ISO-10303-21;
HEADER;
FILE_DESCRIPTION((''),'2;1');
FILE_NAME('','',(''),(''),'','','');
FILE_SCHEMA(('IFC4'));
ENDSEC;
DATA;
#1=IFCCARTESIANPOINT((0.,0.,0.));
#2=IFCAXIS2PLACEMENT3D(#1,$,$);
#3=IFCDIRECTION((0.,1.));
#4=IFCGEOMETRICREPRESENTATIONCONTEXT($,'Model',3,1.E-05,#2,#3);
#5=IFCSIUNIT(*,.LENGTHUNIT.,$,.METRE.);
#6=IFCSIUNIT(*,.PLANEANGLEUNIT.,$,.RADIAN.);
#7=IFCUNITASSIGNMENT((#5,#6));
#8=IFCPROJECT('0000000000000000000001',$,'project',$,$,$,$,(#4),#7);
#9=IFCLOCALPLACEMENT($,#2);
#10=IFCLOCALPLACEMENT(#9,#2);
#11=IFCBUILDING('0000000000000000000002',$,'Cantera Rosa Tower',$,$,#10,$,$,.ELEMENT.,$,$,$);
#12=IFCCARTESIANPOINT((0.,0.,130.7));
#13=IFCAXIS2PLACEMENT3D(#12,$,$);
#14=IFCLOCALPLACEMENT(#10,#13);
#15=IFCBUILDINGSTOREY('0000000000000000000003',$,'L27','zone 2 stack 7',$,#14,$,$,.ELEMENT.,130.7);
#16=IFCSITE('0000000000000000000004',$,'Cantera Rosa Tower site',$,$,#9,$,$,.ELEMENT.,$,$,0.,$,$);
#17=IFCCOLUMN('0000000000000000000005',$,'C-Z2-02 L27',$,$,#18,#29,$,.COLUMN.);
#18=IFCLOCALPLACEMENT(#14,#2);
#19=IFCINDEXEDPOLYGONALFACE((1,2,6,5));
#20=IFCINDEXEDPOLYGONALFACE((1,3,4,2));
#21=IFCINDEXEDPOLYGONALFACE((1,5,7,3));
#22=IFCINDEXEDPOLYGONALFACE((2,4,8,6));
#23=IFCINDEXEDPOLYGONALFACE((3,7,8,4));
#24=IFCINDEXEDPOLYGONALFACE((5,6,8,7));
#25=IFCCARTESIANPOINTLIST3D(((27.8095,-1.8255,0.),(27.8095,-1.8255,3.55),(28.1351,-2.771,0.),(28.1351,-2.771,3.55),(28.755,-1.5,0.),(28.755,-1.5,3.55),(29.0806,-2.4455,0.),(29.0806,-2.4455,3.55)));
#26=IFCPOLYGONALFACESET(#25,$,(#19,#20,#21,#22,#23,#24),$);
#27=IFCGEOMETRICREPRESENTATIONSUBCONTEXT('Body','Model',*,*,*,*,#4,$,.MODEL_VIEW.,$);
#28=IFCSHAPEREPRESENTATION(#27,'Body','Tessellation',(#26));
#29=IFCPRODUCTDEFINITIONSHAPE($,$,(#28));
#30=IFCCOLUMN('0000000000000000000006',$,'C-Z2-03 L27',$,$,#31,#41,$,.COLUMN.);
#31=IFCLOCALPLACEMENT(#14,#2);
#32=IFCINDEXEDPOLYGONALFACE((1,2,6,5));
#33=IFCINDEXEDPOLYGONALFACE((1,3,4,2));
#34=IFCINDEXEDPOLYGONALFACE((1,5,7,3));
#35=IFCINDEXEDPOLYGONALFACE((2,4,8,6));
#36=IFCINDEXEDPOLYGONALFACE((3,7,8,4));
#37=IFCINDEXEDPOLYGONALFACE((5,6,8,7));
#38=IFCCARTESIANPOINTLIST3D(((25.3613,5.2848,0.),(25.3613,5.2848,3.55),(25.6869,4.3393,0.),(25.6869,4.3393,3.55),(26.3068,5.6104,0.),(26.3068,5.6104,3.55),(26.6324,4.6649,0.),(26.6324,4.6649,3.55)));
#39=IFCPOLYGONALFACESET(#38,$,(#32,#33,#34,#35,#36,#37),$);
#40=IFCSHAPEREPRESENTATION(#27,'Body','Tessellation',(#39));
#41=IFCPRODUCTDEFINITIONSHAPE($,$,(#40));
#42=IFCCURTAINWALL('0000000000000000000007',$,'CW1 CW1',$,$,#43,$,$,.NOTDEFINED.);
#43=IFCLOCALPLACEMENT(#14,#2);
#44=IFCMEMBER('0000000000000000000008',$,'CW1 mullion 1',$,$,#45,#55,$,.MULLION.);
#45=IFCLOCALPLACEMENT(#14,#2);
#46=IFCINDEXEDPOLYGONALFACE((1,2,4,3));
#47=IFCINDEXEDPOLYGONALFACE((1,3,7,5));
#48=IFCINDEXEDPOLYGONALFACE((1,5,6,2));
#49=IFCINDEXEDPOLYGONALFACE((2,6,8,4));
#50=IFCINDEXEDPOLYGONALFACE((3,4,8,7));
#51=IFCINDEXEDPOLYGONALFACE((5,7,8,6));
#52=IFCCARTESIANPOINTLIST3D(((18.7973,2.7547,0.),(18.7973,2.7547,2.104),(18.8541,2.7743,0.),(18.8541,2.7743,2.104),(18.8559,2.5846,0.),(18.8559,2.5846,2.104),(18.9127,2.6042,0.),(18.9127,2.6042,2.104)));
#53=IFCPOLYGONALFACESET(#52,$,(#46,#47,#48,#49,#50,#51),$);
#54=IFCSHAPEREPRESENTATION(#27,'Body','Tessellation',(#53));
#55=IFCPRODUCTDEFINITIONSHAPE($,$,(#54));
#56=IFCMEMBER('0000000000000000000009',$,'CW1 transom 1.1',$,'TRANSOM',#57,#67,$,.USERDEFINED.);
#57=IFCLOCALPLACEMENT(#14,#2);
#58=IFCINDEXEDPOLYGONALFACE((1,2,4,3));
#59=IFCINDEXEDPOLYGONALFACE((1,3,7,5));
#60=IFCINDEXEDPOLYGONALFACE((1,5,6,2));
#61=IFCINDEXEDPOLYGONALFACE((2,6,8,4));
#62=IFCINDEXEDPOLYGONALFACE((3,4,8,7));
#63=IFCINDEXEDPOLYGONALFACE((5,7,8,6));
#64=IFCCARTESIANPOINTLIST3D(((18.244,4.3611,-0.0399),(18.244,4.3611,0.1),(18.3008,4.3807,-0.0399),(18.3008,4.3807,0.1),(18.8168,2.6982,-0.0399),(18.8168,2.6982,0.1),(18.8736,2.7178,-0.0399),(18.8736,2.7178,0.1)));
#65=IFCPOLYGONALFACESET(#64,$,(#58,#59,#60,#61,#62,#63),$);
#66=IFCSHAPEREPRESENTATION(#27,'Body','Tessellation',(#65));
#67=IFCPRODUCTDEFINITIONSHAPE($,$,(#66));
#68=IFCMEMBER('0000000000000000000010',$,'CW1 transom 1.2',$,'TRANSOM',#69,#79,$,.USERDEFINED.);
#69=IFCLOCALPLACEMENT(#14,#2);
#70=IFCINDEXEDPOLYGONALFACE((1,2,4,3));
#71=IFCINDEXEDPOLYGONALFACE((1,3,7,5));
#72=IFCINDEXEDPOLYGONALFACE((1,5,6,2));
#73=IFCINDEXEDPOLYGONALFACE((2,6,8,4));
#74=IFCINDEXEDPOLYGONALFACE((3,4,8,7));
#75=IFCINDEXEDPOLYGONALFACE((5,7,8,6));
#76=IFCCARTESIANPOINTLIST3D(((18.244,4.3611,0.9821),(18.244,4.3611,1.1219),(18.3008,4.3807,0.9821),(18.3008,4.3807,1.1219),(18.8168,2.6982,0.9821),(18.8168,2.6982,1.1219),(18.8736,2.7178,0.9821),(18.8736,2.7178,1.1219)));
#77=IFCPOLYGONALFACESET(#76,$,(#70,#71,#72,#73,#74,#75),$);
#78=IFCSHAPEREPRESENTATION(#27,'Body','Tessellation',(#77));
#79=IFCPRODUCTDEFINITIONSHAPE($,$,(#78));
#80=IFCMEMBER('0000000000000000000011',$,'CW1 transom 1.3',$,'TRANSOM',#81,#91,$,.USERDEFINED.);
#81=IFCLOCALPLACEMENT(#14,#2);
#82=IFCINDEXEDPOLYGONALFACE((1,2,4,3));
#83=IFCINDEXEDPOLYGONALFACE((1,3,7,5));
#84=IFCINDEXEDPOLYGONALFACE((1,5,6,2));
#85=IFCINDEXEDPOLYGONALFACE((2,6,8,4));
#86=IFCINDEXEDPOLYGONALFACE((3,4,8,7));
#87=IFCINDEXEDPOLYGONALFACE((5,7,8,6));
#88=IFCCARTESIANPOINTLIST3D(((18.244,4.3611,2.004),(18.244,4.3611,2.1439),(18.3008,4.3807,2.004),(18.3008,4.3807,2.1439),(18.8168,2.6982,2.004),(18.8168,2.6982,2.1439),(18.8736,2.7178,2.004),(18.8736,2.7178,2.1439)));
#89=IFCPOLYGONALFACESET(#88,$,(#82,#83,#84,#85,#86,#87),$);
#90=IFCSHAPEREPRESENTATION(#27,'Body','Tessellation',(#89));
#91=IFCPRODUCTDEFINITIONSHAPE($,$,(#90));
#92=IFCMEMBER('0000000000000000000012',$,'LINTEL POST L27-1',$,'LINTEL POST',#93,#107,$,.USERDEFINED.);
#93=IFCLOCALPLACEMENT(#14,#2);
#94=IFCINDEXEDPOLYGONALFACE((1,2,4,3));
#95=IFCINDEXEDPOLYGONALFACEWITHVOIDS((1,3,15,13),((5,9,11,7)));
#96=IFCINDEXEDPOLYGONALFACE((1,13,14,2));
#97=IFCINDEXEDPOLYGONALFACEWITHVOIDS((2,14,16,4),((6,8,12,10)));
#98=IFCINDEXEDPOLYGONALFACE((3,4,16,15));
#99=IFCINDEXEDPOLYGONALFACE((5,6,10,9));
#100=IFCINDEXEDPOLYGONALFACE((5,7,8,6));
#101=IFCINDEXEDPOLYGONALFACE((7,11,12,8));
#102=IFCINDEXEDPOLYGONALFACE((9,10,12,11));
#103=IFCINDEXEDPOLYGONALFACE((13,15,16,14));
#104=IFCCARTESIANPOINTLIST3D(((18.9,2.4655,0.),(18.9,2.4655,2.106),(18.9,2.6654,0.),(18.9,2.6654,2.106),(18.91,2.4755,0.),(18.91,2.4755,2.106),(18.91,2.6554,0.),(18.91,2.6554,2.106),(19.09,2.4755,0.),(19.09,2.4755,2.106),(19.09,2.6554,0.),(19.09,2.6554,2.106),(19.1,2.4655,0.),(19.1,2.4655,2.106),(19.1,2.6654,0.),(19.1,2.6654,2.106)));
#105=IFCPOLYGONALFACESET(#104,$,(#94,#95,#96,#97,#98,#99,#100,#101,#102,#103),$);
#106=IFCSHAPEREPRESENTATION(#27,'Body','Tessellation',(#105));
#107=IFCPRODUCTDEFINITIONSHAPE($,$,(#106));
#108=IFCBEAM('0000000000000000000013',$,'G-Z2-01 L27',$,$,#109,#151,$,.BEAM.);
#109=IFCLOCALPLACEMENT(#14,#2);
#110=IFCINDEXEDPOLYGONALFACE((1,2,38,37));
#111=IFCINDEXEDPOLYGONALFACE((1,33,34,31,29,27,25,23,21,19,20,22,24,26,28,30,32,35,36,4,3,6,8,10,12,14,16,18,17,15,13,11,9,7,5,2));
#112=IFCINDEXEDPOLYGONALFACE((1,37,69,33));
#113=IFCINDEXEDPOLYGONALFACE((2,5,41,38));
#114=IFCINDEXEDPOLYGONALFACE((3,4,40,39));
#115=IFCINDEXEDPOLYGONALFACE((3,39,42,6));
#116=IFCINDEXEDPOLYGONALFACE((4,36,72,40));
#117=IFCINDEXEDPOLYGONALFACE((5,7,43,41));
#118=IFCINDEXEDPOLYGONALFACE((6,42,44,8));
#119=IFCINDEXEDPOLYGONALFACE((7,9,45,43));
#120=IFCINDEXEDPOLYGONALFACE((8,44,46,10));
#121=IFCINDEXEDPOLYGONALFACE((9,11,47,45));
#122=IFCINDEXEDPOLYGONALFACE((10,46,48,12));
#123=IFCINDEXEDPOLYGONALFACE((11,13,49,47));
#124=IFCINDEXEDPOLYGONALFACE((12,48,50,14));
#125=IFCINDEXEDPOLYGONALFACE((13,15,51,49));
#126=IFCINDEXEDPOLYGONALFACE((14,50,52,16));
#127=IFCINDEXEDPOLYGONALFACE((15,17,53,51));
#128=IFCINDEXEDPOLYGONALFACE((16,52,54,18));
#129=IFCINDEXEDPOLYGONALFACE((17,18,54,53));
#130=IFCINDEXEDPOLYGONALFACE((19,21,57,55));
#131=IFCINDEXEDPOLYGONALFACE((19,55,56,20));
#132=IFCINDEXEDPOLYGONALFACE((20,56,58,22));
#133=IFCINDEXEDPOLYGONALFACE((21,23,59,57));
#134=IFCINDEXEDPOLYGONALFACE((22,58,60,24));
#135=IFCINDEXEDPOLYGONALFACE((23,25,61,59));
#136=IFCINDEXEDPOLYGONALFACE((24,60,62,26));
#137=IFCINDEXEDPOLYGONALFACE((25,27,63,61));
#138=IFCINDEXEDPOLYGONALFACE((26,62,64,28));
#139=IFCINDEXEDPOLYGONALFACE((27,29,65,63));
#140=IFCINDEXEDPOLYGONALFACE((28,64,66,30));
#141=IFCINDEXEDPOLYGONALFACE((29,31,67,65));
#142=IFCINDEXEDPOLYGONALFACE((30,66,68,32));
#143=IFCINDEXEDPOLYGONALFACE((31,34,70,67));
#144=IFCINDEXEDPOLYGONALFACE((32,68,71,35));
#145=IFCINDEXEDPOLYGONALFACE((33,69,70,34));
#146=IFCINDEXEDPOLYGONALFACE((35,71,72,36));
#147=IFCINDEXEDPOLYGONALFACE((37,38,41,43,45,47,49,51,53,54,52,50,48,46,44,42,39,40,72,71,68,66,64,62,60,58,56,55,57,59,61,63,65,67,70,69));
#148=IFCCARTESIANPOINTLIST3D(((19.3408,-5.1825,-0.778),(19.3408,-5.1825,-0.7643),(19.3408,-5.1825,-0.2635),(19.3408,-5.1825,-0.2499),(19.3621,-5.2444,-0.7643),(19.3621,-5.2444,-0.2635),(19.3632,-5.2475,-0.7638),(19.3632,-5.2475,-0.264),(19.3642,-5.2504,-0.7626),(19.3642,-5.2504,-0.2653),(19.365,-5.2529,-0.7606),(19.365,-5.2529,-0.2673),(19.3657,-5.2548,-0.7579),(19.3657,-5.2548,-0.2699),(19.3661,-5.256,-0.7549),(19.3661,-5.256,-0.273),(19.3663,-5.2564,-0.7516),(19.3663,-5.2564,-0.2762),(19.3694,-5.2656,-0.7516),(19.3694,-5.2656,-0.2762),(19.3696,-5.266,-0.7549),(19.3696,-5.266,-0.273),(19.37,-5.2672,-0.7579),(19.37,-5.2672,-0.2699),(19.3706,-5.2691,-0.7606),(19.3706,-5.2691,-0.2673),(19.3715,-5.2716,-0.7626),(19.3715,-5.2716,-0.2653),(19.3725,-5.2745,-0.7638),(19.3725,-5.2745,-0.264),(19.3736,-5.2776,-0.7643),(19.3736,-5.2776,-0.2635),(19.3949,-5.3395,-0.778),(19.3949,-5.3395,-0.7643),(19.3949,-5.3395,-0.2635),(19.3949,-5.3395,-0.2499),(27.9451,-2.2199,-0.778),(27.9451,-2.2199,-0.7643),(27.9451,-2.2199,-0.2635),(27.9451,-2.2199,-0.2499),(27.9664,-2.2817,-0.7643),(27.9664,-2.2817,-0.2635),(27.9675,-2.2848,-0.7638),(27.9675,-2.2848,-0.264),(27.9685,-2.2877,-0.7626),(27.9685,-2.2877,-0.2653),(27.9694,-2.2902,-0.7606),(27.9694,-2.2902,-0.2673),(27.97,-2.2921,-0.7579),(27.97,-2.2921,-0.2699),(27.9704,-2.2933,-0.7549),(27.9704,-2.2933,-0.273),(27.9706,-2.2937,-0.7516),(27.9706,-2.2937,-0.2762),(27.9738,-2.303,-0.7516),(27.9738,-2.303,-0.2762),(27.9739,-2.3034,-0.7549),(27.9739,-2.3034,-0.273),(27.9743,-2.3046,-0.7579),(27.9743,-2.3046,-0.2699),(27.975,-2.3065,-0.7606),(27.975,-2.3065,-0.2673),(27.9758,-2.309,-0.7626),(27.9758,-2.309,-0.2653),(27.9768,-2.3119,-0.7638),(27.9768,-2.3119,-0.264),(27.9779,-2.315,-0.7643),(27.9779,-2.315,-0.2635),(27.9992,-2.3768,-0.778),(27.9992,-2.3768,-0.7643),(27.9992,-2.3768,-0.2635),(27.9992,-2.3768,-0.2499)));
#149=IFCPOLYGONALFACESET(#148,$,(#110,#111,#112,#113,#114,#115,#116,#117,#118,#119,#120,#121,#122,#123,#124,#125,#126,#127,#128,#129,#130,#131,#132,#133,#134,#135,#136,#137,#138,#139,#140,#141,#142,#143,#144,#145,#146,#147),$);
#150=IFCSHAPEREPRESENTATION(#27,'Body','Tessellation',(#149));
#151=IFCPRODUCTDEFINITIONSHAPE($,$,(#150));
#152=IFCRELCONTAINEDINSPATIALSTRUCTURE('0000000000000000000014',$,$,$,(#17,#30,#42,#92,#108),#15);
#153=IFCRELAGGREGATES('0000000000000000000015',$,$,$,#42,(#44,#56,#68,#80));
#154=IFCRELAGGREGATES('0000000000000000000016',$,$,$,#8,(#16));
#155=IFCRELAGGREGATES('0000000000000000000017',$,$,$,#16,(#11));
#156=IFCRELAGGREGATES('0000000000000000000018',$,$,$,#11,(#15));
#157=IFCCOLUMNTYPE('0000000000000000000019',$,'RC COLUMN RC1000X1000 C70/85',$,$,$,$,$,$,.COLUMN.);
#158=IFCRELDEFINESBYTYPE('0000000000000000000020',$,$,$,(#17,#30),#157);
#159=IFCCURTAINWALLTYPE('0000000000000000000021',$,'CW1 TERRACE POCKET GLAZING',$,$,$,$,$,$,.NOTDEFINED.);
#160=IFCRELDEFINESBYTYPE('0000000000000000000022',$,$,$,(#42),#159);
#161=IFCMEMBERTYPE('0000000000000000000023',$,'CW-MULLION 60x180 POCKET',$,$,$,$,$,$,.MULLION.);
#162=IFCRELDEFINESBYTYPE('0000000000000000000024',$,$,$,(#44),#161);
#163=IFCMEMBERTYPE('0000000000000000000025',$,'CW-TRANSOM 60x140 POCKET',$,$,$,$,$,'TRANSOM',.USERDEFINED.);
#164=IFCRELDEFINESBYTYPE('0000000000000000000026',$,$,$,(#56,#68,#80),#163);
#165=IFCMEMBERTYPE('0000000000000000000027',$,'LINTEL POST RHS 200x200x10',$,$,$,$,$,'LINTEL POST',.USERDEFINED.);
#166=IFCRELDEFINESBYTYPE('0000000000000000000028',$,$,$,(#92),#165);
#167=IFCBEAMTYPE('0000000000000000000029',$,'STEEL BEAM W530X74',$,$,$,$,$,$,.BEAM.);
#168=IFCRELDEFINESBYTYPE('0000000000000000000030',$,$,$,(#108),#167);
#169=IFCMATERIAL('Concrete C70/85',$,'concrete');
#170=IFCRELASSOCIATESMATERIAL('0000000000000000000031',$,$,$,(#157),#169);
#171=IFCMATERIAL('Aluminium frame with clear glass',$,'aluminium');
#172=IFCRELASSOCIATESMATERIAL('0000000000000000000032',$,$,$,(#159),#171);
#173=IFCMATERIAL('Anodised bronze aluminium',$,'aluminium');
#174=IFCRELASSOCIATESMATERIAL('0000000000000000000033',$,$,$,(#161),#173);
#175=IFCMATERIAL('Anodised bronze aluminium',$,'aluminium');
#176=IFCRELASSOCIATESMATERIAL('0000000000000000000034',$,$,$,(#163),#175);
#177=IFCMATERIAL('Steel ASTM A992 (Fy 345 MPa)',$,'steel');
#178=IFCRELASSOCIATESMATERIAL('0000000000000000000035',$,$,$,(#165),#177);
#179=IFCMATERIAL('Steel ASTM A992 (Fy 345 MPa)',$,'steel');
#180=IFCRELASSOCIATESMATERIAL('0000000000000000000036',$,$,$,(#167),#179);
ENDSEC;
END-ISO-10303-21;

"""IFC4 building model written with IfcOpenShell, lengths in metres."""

from ifc_helpers import new_model, si_unit, direction, frame, origin, origin_2d, place, context, subcontext, project, spatial, rectangle, hollow_rectangle, i_section, extrude, material, material_profile, profile_set, type_object, element, aggregate, save


model = new_model("IFC4")

# Units and contexts
model_context = context("Model", 3, precision=1e-05, world=origin(), true_north=direction((0.0, 1.0)))
body_context = subcontext(model_context, "Body", "Model", "MODEL_VIEW")
ifc_project = project(units=[si_unit("LENGTHUNIT", "METRE"), si_unit("PLANEANGLEUNIT", "RADIAN")], contexts=[model_context])

# Site, building, storey
site_placement = place(None, origin())
site = spatial("IfcSite", under=ifc_project, at=site_placement, Name="Cantera Rosa Tower site", CompositionType="ELEMENT", RefElevation=0.0)
building_placement = place(site_placement, origin())
building = spatial("IfcBuilding", under=site, at=building_placement, Name="Cantera Rosa Tower", CompositionType="ELEMENT")
storey_placement = place(building_placement, frame((0.0, 0.0, 130.7)))
storey = spatial("IfcBuildingStorey", under=building, at=storey_placement, Name="L27", Description="zone 2 stack 7", CompositionType="ELEMENT", Elevation=130.7)

# Columns
ifc_material_1 = material(Name="Concrete C70/85", Category="concrete")
ifc_material_profile_1 = material_profile(ifc_material_1, rectangle(XDim=1.0, YDim=1.0, at=origin_2d()), Name="RC COLUMN RC1000X1000 C70/85")
ifc_profile_set_1 = profile_set([ifc_material_profile_1], Name="Concrete C70/85")
column_type = type_object("IfcColumnType", Name="RC COLUMN RC1000X1000 C70/85", PredefinedType="COLUMN", material=ifc_profile_set_1)
for number, where, z_axis, x_axis, name in (
    (1, (28.4451, -2.1355, 0.0), (0.0, 0.0, 1.0), (0.945519, 0.325568, 0.0), "C-Z2-02 L27"),
    (2, (25.9968, 4.9749, 0.0), (0.0, 0.0, 1.0), (0.945519, 0.325568, 0.0), "C-Z2-03 L27"),
):
    element("IfcColumn", number, at=place(storey_placement, frame(where, z_axis=z_axis, x_axis=x_axis)), inside=storey, type_object=column_type, Name=name, PredefinedType="COLUMN", context=body_context, shape_type="SweptSolid", body=[
        extrude(rectangle(XDim=1.0, YDim=1.0, at=origin_2d()), origin(), (0.0, 0.0, 1.0), 3.55),
    ])

# Curtain wall, members
ifc_material_2 = material(Name="Aluminium frame with clear glass", Category="aluminium")
curtain_wall_type = type_object("IfcCurtainWallType", Name="CW1 TERRACE POCKET GLAZING", PredefinedType="NOTDEFINED", material=ifc_material_2)
curtain_wall_placement = place(storey_placement, origin())
curtain_wall = element("IfcCurtainWall", 3, at=curtain_wall_placement, inside=storey, type_object=curtain_wall_type, Name="CW1 CW1", PredefinedType="NOTDEFINED")
ifc_material_3 = material(Name="Anodised bronze aluminium", Category="aluminium")
ifc_material_profile_2 = material_profile(ifc_material_3, rectangle(XDim=0.0601, YDim=0.1799, at=origin_2d()), Name="CW-MULLION 60x180 POCKET")
ifc_profile_set_2 = profile_set([ifc_material_profile_2], Name="Anodised bronze aluminium")
member_type_1 = type_object("IfcMemberType", Name="CW-MULLION 60x180 POCKET", PredefinedType="MULLION", material=ifc_profile_set_2)
member_1_placement = place(storey_placement, frame((18.855, 2.6794, 0.0), z_axis=(0.0, 0.0, 1.0), x_axis=(-0.945519, -0.325568, 0.0)))
member_1 = element("IfcMember", 4, at=member_1_placement, type_object=member_type_1, Name="CW1 mullion 1", PredefinedType="MULLION", context=body_context, shape_type="SweptSolid", body=[
    extrude(rectangle(XDim=0.0601, YDim=0.1799, at=origin_2d()), origin(), (0.0, 0.0, 1.0), 2.104),
])
ifc_material_4 = material(Name="Anodised bronze aluminium", Category="aluminium")
ifc_material_profile_3 = material_profile(ifc_material_4, rectangle(XDim=0.0601, YDim=0.1399, at=origin_2d()), Name="CW-TRANSOM 60x140 POCKET")
ifc_profile_set_3 = profile_set([ifc_material_profile_3], Name="Anodised bronze aluminium")
member_type_2 = type_object("IfcMemberType", Name="CW-TRANSOM 60x140 POCKET", ElementType="TRANSOM", PredefinedType="USERDEFINED", material=ifc_profile_set_3)
member_2_placement = place(storey_placement, frame((18.8452, 2.708, 0.03), z_axis=(-0.325666, 0.945485, 0.0), x_axis=(-0.945485, -0.325666, 0.0)))
member_2 = element("IfcMember", 5, at=member_2_placement, type_object=member_type_2, Name="CW1 transom 1.1", ObjectType="TRANSOM", PredefinedType="USERDEFINED", context=body_context, shape_type="SweptSolid", body=[
    extrude(rectangle(XDim=0.0601, YDim=0.1399, at=origin_2d()), origin(), (0.0, 0.0, 1.0), 1.7588),
])
member_3_placement = place(storey_placement, frame((18.8452, 2.708, 1.052), z_axis=(-0.325666, 0.945485, 0.0), x_axis=(-0.945485, -0.325666, 0.0)))
member_3 = element("IfcMember", 6, at=member_3_placement, type_object=member_type_2, Name="CW1 transom 1.2", ObjectType="TRANSOM", PredefinedType="USERDEFINED", context=body_context, shape_type="SweptSolid", body=[
    extrude(rectangle(XDim=0.0601, YDim=0.1399, at=origin_2d()), origin(), (0.0, 0.0, 1.0), 1.7588),
])
member_4_placement = place(storey_placement, frame((18.8452, 2.708, 2.074), z_axis=(-0.325666, 0.945485, 0.0), x_axis=(-0.945485, -0.325666, 0.0)))
member_4 = element("IfcMember", 7, at=member_4_placement, type_object=member_type_2, Name="CW1 transom 1.3", ObjectType="TRANSOM", PredefinedType="USERDEFINED", context=body_context, shape_type="SweptSolid", body=[
    extrude(rectangle(XDim=0.0601, YDim=0.1399, at=origin_2d()), origin(), (0.0, 0.0, 1.0), 1.7588),
])
aggregate(curtain_wall, [member_1, member_2, member_3, member_4])

# Member
ifc_material_5 = material(Name="Steel ASTM A992 (Fy 345 MPa)", Category="steel")
ifc_material_profile_4 = material_profile(ifc_material_5, hollow_rectangle(XDim=0.2, YDim=0.2, WallThickness=0.01, at=origin_2d()), Name="LINTEL POST RHS 200x200x10")
ifc_profile_set_4 = profile_set([ifc_material_profile_4], Name="Steel ASTM A992 (Fy 345 MPa)")
member_type_3 = type_object("IfcMemberType", Name="LINTEL POST RHS 200x200x10", ElementType="LINTEL POST", PredefinedType="USERDEFINED", material=ifc_profile_set_4)
member_5_placement = place(storey_placement, frame((19.0, 2.5654, 0.0), z_axis=(0.0, 0.0, 1.0), x_axis=(1.0, 0.0, 0.0)))
element("IfcMember", 8, at=member_5_placement, inside=storey, type_object=member_type_3, Name="LINTEL POST L27-1", ObjectType="LINTEL POST", PredefinedType="USERDEFINED", context=body_context, shape_type="SweptSolid", body=[
    extrude(hollow_rectangle(XDim=0.2, YDim=0.2, WallThickness=0.01, at=origin_2d()), origin(), (0.0, 0.0, 1.0), 2.106),
])

# Beam
ifc_material_6 = material(Name="Steel ASTM A992 (Fy 345 MPa)", Category="steel")
ifc_material_profile_5 = material_profile(ifc_material_6, i_section(OverallWidth=0.166, OverallDepth=0.5281, WebThickness=0.0098, FlangeThickness=0.0137, FilletRadius=0.0127, at=origin_2d()), Name="W530X74")
ifc_profile_set_5 = profile_set([ifc_material_profile_5], Name="Steel ASTM A992 (Fy 345 MPa)")
beam_type_1 = type_object("IfcBeamType", Name="STEEL BEAM W530X74", PredefinedType="BEAM", material=ifc_profile_set_5)
beam_1_placement = place(storey_placement, frame((27.9722, -2.2983, -0.5139), z_axis=(-0.94552, -0.325565, 0.0), x_axis=(0.325565, -0.94552, 0.0)))
element("IfcBeam", 9, at=beam_1_placement, inside=storey, type_object=beam_type_1, Name="G-Z2-01 L27", PredefinedType="BEAM", context=body_context, shape_type="SweptSolid", body=[
    extrude(i_section(OverallWidth=0.166, OverallDepth=0.5281, WebThickness=0.0098, FlangeThickness=0.0137, FilletRadius=0.0127, at=origin_2d()), origin(), (0.0, 0.0, 1.0), 9.1001),
])

save(model, "model.ifc")
